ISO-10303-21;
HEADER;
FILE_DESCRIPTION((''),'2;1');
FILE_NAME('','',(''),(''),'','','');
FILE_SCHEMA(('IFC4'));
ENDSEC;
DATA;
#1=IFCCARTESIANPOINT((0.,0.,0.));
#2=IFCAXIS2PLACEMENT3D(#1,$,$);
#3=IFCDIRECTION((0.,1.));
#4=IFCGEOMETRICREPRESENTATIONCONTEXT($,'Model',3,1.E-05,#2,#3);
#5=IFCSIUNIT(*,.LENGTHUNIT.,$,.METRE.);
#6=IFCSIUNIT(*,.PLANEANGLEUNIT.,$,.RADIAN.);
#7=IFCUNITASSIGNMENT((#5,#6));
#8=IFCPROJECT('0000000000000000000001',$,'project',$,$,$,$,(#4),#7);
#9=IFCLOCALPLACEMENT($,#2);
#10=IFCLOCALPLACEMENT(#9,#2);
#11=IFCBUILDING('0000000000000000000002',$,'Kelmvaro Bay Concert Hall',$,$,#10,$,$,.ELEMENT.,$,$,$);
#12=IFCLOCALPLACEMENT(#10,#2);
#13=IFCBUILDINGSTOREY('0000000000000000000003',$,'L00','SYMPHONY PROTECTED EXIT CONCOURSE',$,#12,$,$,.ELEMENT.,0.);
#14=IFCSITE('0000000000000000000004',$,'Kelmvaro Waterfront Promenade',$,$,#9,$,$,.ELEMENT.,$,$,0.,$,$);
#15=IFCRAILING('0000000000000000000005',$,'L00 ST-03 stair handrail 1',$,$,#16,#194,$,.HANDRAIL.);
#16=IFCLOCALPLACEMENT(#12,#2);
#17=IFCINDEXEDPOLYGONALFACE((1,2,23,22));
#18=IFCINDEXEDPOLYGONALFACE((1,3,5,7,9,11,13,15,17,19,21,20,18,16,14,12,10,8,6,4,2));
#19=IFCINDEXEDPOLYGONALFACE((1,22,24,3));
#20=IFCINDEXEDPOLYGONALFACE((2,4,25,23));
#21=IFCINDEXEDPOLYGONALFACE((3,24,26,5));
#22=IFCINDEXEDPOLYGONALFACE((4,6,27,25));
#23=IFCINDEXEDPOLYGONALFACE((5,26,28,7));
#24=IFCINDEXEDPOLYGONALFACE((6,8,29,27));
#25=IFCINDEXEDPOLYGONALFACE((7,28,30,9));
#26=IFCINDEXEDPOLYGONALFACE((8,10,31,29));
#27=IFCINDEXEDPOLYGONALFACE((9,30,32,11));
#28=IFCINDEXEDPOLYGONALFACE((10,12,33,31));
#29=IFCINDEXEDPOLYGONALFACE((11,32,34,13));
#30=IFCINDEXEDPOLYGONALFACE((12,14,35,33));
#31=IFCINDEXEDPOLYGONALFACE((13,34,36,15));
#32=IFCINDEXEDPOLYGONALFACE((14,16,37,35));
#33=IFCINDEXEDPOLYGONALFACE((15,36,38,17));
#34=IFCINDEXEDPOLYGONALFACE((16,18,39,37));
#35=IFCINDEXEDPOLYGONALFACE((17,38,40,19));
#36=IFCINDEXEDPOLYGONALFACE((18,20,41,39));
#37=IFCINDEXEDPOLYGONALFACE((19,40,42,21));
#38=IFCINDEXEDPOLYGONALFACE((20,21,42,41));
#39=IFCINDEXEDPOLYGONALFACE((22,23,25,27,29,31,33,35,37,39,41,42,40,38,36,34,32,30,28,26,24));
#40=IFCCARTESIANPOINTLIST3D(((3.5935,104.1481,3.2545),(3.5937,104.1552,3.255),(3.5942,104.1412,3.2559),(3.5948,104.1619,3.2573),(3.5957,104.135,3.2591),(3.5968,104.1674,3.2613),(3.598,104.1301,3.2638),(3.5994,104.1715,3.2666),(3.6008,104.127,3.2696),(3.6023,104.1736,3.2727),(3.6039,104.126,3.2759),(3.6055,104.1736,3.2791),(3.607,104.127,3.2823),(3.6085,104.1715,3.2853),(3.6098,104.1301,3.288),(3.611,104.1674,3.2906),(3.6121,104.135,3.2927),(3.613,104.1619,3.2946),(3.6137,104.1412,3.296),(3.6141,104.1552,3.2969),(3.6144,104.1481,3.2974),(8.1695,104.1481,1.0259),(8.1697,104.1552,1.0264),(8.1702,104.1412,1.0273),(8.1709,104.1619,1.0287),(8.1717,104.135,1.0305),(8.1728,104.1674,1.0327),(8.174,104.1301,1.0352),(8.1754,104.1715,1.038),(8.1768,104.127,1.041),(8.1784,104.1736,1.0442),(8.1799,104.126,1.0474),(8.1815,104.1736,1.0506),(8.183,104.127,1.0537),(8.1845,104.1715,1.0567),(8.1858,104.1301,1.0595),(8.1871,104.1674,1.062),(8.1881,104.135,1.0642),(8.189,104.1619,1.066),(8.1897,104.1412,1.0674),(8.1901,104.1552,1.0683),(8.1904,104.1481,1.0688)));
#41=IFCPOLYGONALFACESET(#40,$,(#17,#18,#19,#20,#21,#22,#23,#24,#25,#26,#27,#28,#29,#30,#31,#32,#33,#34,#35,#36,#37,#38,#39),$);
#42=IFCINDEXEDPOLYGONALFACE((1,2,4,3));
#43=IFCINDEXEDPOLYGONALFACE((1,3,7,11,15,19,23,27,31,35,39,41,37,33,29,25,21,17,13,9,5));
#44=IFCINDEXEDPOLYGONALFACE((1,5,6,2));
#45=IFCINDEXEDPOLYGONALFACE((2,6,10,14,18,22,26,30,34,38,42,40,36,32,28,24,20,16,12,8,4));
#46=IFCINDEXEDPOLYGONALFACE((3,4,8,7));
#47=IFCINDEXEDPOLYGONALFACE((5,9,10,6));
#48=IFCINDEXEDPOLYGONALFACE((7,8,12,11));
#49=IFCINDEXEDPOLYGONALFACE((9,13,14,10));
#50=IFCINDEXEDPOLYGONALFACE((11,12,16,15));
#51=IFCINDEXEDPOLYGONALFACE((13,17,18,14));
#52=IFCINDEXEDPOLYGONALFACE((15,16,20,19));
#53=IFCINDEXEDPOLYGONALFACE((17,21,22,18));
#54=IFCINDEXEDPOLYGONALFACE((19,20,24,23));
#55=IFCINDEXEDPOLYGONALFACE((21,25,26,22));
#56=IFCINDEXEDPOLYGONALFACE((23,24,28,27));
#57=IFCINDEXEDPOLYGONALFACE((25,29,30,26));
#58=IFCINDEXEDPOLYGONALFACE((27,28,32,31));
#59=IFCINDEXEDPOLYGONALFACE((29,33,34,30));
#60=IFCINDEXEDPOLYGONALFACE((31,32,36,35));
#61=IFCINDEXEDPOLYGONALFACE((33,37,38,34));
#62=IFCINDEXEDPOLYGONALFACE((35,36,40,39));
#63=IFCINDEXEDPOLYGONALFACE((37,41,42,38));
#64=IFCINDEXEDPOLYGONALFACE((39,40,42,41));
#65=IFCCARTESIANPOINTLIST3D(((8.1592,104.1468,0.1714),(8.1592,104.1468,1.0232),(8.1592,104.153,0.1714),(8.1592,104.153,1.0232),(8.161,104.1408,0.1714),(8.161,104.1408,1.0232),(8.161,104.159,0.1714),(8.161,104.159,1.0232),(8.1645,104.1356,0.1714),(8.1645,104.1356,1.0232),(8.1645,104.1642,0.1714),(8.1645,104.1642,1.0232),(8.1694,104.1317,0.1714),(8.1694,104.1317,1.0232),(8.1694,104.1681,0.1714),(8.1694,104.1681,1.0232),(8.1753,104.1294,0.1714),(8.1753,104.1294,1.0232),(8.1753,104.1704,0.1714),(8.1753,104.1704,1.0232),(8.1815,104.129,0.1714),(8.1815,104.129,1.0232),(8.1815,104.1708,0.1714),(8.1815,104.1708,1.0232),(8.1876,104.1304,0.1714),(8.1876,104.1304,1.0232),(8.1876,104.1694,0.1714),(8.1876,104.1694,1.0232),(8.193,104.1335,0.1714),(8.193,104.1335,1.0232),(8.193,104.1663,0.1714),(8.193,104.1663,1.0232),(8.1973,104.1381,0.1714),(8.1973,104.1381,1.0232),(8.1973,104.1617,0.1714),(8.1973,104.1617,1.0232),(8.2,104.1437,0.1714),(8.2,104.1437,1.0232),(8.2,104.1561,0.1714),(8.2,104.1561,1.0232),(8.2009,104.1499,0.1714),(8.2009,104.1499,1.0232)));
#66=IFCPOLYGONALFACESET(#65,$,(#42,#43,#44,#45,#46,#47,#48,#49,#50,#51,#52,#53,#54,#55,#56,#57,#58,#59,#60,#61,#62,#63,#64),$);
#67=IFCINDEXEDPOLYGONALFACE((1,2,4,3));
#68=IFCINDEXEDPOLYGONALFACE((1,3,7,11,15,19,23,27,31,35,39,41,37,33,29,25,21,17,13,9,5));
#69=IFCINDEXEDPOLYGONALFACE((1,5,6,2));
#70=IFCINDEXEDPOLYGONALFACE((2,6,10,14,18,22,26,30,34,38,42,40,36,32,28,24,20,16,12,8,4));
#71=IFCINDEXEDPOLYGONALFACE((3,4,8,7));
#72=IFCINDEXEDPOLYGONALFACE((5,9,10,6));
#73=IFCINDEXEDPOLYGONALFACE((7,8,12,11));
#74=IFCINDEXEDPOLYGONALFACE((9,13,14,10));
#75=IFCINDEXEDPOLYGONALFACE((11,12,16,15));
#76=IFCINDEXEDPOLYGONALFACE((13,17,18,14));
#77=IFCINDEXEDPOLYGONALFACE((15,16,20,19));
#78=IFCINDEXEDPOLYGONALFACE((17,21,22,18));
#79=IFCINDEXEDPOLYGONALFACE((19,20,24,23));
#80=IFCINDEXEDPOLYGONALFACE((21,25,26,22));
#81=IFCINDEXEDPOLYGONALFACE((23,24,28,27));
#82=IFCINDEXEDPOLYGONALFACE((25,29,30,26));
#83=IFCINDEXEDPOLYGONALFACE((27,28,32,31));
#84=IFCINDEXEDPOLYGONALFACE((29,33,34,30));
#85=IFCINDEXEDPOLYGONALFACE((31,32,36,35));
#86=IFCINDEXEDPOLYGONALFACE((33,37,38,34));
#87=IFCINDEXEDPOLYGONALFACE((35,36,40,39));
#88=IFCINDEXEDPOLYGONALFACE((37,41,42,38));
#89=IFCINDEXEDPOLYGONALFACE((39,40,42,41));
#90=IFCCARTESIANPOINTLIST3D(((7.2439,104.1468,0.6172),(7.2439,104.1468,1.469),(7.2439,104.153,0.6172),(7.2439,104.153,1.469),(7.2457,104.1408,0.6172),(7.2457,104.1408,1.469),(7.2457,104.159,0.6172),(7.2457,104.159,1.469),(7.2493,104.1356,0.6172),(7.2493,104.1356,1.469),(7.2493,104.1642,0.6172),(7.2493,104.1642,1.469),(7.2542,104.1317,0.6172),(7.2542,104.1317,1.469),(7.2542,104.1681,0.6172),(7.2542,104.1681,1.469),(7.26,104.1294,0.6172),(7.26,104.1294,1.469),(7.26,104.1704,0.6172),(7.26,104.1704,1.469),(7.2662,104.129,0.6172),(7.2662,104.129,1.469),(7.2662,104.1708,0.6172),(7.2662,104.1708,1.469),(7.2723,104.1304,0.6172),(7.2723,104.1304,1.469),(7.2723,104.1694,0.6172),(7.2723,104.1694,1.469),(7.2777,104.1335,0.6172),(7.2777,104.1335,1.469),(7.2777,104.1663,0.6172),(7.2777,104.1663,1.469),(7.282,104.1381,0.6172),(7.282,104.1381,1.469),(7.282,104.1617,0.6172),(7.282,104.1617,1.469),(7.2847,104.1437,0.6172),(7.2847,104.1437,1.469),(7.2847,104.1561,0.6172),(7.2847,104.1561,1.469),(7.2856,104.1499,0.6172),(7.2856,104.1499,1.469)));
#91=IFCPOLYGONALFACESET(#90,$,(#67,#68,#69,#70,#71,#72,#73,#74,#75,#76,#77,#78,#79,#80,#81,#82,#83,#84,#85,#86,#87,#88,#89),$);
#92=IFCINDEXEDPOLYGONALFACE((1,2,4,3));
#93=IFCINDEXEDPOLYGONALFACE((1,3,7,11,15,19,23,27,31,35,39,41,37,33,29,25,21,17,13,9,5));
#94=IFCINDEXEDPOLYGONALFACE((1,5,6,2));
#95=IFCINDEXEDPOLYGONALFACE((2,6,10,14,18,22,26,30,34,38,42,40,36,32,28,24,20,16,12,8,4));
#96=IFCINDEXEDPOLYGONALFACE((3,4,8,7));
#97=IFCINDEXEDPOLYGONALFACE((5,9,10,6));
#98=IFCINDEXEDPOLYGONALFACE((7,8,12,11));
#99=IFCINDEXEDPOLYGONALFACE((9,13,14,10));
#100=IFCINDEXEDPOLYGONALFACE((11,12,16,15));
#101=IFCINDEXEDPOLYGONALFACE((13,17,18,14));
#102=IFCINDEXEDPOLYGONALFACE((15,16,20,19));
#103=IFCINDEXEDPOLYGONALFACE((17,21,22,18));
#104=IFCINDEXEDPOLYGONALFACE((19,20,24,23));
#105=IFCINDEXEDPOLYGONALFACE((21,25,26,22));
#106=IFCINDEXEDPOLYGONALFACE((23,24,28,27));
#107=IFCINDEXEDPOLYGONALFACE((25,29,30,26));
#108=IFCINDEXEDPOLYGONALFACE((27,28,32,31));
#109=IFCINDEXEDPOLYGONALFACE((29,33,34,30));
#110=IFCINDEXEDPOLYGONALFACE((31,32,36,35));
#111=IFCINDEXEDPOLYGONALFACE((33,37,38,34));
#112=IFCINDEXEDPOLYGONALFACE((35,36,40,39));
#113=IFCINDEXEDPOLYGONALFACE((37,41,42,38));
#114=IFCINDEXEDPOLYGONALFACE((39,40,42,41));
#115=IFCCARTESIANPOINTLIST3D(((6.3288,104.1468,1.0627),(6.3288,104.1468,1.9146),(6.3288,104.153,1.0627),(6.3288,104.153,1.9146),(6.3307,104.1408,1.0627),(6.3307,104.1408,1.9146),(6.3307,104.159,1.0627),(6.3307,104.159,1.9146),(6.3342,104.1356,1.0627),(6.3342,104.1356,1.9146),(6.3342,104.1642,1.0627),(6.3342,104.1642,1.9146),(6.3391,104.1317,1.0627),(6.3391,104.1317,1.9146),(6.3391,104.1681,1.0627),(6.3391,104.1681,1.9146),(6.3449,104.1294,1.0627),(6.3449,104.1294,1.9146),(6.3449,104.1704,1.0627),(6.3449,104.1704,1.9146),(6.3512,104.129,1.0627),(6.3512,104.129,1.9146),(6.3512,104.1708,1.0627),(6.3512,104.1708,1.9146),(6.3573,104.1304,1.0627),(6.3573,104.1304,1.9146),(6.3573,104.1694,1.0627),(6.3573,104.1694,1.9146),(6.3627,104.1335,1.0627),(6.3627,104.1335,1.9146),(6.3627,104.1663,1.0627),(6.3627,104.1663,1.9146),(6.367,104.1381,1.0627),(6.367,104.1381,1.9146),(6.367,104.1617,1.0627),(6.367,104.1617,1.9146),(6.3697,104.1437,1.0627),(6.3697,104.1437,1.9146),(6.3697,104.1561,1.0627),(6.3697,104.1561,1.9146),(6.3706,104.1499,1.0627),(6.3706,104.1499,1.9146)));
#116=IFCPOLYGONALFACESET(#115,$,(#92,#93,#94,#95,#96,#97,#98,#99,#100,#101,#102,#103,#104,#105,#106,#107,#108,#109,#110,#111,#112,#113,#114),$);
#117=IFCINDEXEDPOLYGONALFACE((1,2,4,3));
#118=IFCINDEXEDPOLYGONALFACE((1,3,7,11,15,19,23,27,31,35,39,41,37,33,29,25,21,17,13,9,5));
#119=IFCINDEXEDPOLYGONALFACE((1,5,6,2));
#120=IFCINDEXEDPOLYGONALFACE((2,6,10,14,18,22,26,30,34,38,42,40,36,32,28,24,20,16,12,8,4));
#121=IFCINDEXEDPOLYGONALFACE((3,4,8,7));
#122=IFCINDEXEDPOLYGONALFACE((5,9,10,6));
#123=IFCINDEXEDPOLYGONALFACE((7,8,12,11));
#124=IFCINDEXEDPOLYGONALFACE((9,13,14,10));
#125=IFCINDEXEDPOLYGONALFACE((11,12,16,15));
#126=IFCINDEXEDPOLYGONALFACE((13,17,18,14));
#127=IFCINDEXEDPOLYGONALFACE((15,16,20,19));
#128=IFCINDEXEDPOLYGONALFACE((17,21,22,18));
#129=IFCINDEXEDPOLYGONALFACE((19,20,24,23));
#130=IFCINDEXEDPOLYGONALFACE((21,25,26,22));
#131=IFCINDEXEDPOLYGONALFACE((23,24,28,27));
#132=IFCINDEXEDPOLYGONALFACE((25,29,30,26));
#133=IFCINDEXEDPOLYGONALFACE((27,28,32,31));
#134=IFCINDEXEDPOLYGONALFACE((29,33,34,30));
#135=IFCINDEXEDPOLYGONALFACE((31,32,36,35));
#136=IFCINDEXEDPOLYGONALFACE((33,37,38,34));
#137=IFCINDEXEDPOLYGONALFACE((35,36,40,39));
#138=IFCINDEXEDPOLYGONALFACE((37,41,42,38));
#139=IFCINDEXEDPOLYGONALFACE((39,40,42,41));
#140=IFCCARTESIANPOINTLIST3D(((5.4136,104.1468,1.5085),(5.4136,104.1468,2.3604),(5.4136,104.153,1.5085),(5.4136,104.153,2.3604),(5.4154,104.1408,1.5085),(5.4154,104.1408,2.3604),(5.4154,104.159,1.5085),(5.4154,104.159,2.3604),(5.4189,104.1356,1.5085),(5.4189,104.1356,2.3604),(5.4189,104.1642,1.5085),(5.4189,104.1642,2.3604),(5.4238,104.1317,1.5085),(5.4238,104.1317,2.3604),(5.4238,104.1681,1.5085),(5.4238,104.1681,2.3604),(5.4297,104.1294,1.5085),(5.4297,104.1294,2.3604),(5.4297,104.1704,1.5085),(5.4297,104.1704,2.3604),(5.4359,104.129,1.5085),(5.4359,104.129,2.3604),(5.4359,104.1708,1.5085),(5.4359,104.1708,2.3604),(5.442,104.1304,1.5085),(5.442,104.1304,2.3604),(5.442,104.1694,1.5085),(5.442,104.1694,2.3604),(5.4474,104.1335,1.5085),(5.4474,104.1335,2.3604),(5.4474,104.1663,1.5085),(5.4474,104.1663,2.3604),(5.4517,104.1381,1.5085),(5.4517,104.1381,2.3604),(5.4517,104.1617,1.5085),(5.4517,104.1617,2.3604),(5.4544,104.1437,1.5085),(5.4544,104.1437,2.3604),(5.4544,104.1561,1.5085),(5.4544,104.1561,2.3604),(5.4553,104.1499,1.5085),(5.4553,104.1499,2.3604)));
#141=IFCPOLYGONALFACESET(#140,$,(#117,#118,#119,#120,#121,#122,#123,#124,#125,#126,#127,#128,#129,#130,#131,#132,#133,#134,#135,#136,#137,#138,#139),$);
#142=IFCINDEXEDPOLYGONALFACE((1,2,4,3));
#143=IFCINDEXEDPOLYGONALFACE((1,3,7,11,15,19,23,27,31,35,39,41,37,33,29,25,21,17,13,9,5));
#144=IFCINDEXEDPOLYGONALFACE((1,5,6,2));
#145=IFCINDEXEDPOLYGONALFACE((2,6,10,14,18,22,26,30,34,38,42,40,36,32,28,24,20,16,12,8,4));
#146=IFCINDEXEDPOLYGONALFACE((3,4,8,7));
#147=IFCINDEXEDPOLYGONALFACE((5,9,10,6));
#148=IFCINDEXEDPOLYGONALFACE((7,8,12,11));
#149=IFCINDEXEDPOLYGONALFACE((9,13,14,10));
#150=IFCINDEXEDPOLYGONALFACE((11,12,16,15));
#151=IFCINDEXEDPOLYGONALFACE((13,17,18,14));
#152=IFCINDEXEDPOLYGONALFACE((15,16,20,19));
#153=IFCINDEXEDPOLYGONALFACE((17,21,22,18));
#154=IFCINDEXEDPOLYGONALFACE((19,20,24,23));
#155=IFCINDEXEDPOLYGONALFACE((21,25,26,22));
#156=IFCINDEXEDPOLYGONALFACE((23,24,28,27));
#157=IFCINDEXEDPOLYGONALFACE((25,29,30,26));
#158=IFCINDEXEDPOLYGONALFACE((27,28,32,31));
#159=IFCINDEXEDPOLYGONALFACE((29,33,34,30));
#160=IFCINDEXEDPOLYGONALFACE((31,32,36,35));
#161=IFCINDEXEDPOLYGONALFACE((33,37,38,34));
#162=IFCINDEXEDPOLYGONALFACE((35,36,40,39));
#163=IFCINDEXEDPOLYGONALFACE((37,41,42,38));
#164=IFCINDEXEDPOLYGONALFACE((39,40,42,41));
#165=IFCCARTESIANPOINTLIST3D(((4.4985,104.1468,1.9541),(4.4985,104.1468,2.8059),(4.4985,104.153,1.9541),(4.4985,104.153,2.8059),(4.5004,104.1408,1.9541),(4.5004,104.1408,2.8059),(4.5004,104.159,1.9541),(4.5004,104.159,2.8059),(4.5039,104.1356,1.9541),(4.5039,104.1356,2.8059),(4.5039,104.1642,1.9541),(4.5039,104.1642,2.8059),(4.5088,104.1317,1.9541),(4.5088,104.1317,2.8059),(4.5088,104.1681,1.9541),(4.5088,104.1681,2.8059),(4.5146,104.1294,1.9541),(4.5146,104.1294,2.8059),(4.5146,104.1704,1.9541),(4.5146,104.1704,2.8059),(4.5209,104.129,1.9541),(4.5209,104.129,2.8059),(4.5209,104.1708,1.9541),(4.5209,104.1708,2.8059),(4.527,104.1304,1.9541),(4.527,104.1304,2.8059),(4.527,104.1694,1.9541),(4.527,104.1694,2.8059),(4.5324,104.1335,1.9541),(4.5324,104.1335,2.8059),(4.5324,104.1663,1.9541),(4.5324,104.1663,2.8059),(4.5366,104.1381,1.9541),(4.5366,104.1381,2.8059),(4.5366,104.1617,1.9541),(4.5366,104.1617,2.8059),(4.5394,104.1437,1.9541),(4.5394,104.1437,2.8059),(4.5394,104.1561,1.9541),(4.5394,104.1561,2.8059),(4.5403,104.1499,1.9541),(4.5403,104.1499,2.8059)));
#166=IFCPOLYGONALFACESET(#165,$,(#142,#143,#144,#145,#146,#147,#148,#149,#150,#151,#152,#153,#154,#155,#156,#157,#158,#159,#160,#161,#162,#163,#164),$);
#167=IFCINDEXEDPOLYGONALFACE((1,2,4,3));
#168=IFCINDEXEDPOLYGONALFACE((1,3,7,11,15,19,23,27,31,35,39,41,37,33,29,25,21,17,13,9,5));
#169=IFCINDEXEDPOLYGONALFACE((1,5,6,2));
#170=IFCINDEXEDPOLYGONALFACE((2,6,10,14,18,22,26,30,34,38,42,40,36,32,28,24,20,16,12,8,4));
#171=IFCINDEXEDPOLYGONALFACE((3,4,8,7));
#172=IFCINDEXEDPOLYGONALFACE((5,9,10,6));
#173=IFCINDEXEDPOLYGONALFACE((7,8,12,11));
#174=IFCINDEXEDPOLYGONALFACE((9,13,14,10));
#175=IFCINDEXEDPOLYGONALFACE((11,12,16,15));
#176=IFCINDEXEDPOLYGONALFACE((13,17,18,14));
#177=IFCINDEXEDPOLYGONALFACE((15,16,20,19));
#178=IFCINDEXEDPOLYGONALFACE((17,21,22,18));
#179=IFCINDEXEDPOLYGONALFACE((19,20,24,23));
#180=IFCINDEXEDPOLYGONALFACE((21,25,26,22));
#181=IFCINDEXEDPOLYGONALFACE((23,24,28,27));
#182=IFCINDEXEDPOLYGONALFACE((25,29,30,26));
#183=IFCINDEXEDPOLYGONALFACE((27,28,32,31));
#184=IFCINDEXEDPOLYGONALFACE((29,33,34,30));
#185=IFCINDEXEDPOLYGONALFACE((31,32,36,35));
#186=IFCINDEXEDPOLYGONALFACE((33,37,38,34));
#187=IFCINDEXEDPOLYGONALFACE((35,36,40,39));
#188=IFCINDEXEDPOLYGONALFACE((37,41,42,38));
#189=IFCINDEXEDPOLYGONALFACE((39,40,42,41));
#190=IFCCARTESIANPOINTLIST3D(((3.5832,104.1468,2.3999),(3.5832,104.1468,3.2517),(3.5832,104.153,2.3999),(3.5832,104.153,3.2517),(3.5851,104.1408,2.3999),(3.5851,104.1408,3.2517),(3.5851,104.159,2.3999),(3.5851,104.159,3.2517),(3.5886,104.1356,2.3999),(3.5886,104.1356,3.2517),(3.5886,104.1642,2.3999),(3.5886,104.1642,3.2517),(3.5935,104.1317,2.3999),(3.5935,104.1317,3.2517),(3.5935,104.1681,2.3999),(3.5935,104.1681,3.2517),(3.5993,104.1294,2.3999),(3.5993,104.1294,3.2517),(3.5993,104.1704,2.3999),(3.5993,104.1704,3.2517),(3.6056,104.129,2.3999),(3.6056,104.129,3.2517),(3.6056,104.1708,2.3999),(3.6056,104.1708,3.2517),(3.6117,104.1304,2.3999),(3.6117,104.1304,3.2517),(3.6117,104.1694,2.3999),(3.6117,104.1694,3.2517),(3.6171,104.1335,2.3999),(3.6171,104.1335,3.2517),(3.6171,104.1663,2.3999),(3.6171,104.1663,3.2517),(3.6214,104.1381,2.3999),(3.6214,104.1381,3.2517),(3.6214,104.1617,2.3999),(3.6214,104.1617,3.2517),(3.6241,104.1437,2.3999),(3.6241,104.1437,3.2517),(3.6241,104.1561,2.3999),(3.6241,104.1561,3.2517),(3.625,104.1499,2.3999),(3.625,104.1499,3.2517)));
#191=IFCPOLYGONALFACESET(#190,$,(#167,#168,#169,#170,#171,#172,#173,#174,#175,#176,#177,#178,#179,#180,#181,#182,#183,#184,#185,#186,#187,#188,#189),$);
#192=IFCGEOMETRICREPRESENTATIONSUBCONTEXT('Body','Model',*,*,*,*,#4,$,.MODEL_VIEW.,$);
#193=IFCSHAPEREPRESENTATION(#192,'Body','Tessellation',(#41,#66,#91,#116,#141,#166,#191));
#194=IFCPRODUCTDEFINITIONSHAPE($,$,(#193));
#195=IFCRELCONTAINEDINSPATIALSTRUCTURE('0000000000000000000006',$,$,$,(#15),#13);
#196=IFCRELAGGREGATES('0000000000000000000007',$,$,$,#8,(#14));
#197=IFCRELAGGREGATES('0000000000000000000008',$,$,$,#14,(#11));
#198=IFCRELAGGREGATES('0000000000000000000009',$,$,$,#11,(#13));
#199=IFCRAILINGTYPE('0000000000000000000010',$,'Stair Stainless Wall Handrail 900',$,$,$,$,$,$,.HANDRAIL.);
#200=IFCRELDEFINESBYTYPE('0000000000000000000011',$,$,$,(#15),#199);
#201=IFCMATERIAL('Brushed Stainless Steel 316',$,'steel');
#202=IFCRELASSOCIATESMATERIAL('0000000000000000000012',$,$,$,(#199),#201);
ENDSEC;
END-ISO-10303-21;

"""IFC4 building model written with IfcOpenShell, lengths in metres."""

from ifc_helpers import new_model, si_unit, direction, frame, origin, origin_2d, place, context, subcontext, project, spatial, circle, extrude, material, type_object, element, save


model = new_model("IFC4")

# Units and contexts
model_context = context("Model", 3, precision=1e-05, world=origin(), true_north=direction((0.0, 1.0)))
body_context = subcontext(model_context, "Body", "Model", "MODEL_VIEW")
ifc_project = project(units=[si_unit("LENGTHUNIT", "METRE"), si_unit("PLANEANGLEUNIT", "RADIAN")], contexts=[model_context])

# Site, building, storey
site_placement = place(None, origin())
site = spatial("IfcSite", under=ifc_project, at=site_placement, Name="Kelmvaro Waterfront Promenade", CompositionType="ELEMENT", RefElevation=0.0)
building_placement = place(site_placement, origin())
building = spatial("IfcBuilding", under=site, at=building_placement, Name="Kelmvaro Bay Concert Hall", CompositionType="ELEMENT")
storey_placement = place(building_placement, origin())
storey = spatial("IfcBuildingStorey", under=building, at=storey_placement, Name="L00", Description="SYMPHONY PROTECTED EXIT CONCOURSE", CompositionType="ELEMENT", Elevation=0.0)

# Railing
ifc_material_1 = material(Name="Brushed Stainless Steel 316", Category="steel")
railing_type_1 = type_object("IfcRailingType", Name="Stair Stainless Wall Handrail 900", PredefinedType="HANDRAIL", material=ifc_material_1)
railing_1_placement = place(storey_placement, frame((8.1799, 104.1499, 0.1714)))
element("IfcRailing", 1, at=railing_1_placement, inside=storey, type_object=railing_type_1, Name="L00 ST-03 stair handrail 1", PredefinedType="HANDRAIL", context=body_context, shape_type="SweptSolid", body=[
    extrude(circle(Radius=0.0239, at=origin_2d()), frame((0.0, 0.0, 0.876), z_axis=(-0.89905, 0.0, 0.437845), x_axis=(0.0, -1.0, 0.0)), (0.0, 0.0, 1.0), 5.0898),
    extrude(circle(Radius=0.021, at=origin_2d()), origin(), (0.0, 0.0, 1.0), 0.8518),
    extrude(circle(Radius=0.021, at=origin_2d()), frame((-0.9153, 0.0, 0.4458)), (0.0, 0.0, 1.0), 0.8518),
    extrude(circle(Radius=0.021, at=origin_2d()), frame((-1.8303, 0.0, 0.8914)), (0.0, 0.0, 1.0), 0.8518),
    extrude(circle(Radius=0.021, at=origin_2d()), frame((-2.7456, 0.0, 1.3372)), (0.0, 0.0, 1.0), 0.8518),
    extrude(circle(Radius=0.021, at=origin_2d()), frame((-3.6606, 0.0, 1.7827)), (0.0, 0.0, 1.0), 0.8518),
    extrude(circle(Radius=0.021, at=origin_2d()), frame((-4.5759, 0.0, 2.2285)), (0.0, 0.0, 1.0), 0.8518),
])

save(model, "model.ifc")
